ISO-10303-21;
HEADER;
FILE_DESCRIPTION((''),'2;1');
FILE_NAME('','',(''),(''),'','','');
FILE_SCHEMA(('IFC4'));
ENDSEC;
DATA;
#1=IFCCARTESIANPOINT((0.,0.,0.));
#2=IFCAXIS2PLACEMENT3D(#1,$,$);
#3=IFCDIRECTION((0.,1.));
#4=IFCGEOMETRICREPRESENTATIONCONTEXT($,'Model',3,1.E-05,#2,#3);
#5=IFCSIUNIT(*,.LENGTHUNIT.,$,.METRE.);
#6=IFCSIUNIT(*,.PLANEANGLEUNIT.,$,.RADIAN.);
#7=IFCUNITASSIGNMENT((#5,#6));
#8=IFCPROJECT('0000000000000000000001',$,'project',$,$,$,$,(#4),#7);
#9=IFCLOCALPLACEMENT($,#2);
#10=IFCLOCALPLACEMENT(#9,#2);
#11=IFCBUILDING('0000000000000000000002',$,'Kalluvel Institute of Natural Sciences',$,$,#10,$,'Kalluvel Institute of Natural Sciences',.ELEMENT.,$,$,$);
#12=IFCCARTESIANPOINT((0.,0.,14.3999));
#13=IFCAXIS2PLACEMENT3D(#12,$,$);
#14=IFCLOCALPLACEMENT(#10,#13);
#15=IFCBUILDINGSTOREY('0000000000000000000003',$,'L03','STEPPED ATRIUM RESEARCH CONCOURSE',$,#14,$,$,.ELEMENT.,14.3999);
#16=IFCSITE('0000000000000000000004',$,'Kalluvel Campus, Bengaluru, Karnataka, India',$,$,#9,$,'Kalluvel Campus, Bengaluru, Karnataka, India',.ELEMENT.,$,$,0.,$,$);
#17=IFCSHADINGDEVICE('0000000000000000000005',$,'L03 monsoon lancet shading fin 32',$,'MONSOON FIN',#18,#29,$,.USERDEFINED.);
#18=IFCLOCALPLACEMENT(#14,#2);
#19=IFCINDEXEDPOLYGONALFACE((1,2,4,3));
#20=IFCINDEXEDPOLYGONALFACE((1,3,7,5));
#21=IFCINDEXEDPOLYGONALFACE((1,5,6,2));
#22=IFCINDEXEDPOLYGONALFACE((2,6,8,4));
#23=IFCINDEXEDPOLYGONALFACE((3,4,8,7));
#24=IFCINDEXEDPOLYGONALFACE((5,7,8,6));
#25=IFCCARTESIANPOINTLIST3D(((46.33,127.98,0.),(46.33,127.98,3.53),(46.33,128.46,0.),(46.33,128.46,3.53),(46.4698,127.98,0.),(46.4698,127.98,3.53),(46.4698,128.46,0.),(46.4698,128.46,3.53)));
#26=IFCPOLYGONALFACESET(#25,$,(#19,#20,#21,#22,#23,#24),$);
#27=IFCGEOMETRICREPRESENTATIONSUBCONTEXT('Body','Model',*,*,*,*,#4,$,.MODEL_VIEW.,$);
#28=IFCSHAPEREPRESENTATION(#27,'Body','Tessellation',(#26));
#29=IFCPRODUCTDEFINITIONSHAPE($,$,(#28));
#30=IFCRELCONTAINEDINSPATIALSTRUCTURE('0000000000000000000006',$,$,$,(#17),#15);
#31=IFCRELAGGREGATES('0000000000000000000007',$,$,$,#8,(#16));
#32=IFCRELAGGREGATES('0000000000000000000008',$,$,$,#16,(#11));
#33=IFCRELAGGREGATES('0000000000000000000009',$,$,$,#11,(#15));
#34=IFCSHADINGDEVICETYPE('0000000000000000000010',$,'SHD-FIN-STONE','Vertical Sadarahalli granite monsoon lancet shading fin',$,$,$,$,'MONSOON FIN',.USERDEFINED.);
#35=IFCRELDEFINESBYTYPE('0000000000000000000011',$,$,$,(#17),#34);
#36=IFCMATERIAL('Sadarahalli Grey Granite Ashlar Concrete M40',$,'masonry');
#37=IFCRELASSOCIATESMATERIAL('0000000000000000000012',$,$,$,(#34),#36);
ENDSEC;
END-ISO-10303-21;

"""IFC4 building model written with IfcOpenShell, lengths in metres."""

from ifc_helpers import new_model, si_unit, direction, frame, origin, origin_2d, place, context, subcontext, project, spatial, rectangle, extrude, material, type_object, element, save


model = new_model("IFC4")

# Units and contexts
model_context = context("Model", 3, precision=1e-05, world=origin(), true_north=direction((0.0, 1.0)))
body_context = subcontext(model_context, "Body", "Model", "MODEL_VIEW")
ifc_project = project(units=[si_unit("LENGTHUNIT", "METRE"), si_unit("PLANEANGLEUNIT", "RADIAN")], contexts=[model_context])

# Site, building, storey
site_placement = place(None, origin())
site = spatial("IfcSite", under=ifc_project, at=site_placement, Name="Kalluvel Campus, Bengaluru, Karnataka, India", LongName="Kalluvel Campus, Bengaluru, Karnataka, India", CompositionType="ELEMENT", RefElevation=0.0)
building_placement = place(site_placement, origin())
building = spatial("IfcBuilding", under=site, at=building_placement, Name="Kalluvel Institute of Natural Sciences", LongName="Kalluvel Institute of Natural Sciences", CompositionType="ELEMENT")
storey_placement = place(building_placement, frame((0.0, 0.0, 14.3999)))
storey = spatial("IfcBuildingStorey", under=building, at=storey_placement, Name="L03", Description="STEPPED ATRIUM RESEARCH CONCOURSE", CompositionType="ELEMENT", Elevation=14.3999)

# Shading device
ifc_material_1 = material(Name="Sadarahalli Grey Granite Ashlar Concrete M40", Category="masonry")
shading_device_type = type_object("IfcShadingDeviceType", Name="SHD-FIN-STONE", Description="Vertical Sadarahalli granite monsoon lancet shading fin", ElementType="MONSOON FIN", PredefinedType="USERDEFINED", material=ifc_material_1)
shading_device_placement = place(storey_placement, frame((46.3999, 128.22, 0.0), z_axis=(0.0, 0.0, 1.0), x_axis=(1.0, 0.0, 0.0)))
element("IfcShadingDevice", 1, at=shading_device_placement, inside=storey, type_object=shading_device_type, Name="L03 monsoon lancet shading fin 32", ObjectType="MONSOON FIN", PredefinedType="USERDEFINED", context=body_context, shape_type="SweptSolid", body=[
    extrude(rectangle(XDim=0.1399, YDim=0.48, at=origin_2d()), origin(), (0.0, 0.0, 1.0), 3.53),
])

save(model, "model.ifc")
